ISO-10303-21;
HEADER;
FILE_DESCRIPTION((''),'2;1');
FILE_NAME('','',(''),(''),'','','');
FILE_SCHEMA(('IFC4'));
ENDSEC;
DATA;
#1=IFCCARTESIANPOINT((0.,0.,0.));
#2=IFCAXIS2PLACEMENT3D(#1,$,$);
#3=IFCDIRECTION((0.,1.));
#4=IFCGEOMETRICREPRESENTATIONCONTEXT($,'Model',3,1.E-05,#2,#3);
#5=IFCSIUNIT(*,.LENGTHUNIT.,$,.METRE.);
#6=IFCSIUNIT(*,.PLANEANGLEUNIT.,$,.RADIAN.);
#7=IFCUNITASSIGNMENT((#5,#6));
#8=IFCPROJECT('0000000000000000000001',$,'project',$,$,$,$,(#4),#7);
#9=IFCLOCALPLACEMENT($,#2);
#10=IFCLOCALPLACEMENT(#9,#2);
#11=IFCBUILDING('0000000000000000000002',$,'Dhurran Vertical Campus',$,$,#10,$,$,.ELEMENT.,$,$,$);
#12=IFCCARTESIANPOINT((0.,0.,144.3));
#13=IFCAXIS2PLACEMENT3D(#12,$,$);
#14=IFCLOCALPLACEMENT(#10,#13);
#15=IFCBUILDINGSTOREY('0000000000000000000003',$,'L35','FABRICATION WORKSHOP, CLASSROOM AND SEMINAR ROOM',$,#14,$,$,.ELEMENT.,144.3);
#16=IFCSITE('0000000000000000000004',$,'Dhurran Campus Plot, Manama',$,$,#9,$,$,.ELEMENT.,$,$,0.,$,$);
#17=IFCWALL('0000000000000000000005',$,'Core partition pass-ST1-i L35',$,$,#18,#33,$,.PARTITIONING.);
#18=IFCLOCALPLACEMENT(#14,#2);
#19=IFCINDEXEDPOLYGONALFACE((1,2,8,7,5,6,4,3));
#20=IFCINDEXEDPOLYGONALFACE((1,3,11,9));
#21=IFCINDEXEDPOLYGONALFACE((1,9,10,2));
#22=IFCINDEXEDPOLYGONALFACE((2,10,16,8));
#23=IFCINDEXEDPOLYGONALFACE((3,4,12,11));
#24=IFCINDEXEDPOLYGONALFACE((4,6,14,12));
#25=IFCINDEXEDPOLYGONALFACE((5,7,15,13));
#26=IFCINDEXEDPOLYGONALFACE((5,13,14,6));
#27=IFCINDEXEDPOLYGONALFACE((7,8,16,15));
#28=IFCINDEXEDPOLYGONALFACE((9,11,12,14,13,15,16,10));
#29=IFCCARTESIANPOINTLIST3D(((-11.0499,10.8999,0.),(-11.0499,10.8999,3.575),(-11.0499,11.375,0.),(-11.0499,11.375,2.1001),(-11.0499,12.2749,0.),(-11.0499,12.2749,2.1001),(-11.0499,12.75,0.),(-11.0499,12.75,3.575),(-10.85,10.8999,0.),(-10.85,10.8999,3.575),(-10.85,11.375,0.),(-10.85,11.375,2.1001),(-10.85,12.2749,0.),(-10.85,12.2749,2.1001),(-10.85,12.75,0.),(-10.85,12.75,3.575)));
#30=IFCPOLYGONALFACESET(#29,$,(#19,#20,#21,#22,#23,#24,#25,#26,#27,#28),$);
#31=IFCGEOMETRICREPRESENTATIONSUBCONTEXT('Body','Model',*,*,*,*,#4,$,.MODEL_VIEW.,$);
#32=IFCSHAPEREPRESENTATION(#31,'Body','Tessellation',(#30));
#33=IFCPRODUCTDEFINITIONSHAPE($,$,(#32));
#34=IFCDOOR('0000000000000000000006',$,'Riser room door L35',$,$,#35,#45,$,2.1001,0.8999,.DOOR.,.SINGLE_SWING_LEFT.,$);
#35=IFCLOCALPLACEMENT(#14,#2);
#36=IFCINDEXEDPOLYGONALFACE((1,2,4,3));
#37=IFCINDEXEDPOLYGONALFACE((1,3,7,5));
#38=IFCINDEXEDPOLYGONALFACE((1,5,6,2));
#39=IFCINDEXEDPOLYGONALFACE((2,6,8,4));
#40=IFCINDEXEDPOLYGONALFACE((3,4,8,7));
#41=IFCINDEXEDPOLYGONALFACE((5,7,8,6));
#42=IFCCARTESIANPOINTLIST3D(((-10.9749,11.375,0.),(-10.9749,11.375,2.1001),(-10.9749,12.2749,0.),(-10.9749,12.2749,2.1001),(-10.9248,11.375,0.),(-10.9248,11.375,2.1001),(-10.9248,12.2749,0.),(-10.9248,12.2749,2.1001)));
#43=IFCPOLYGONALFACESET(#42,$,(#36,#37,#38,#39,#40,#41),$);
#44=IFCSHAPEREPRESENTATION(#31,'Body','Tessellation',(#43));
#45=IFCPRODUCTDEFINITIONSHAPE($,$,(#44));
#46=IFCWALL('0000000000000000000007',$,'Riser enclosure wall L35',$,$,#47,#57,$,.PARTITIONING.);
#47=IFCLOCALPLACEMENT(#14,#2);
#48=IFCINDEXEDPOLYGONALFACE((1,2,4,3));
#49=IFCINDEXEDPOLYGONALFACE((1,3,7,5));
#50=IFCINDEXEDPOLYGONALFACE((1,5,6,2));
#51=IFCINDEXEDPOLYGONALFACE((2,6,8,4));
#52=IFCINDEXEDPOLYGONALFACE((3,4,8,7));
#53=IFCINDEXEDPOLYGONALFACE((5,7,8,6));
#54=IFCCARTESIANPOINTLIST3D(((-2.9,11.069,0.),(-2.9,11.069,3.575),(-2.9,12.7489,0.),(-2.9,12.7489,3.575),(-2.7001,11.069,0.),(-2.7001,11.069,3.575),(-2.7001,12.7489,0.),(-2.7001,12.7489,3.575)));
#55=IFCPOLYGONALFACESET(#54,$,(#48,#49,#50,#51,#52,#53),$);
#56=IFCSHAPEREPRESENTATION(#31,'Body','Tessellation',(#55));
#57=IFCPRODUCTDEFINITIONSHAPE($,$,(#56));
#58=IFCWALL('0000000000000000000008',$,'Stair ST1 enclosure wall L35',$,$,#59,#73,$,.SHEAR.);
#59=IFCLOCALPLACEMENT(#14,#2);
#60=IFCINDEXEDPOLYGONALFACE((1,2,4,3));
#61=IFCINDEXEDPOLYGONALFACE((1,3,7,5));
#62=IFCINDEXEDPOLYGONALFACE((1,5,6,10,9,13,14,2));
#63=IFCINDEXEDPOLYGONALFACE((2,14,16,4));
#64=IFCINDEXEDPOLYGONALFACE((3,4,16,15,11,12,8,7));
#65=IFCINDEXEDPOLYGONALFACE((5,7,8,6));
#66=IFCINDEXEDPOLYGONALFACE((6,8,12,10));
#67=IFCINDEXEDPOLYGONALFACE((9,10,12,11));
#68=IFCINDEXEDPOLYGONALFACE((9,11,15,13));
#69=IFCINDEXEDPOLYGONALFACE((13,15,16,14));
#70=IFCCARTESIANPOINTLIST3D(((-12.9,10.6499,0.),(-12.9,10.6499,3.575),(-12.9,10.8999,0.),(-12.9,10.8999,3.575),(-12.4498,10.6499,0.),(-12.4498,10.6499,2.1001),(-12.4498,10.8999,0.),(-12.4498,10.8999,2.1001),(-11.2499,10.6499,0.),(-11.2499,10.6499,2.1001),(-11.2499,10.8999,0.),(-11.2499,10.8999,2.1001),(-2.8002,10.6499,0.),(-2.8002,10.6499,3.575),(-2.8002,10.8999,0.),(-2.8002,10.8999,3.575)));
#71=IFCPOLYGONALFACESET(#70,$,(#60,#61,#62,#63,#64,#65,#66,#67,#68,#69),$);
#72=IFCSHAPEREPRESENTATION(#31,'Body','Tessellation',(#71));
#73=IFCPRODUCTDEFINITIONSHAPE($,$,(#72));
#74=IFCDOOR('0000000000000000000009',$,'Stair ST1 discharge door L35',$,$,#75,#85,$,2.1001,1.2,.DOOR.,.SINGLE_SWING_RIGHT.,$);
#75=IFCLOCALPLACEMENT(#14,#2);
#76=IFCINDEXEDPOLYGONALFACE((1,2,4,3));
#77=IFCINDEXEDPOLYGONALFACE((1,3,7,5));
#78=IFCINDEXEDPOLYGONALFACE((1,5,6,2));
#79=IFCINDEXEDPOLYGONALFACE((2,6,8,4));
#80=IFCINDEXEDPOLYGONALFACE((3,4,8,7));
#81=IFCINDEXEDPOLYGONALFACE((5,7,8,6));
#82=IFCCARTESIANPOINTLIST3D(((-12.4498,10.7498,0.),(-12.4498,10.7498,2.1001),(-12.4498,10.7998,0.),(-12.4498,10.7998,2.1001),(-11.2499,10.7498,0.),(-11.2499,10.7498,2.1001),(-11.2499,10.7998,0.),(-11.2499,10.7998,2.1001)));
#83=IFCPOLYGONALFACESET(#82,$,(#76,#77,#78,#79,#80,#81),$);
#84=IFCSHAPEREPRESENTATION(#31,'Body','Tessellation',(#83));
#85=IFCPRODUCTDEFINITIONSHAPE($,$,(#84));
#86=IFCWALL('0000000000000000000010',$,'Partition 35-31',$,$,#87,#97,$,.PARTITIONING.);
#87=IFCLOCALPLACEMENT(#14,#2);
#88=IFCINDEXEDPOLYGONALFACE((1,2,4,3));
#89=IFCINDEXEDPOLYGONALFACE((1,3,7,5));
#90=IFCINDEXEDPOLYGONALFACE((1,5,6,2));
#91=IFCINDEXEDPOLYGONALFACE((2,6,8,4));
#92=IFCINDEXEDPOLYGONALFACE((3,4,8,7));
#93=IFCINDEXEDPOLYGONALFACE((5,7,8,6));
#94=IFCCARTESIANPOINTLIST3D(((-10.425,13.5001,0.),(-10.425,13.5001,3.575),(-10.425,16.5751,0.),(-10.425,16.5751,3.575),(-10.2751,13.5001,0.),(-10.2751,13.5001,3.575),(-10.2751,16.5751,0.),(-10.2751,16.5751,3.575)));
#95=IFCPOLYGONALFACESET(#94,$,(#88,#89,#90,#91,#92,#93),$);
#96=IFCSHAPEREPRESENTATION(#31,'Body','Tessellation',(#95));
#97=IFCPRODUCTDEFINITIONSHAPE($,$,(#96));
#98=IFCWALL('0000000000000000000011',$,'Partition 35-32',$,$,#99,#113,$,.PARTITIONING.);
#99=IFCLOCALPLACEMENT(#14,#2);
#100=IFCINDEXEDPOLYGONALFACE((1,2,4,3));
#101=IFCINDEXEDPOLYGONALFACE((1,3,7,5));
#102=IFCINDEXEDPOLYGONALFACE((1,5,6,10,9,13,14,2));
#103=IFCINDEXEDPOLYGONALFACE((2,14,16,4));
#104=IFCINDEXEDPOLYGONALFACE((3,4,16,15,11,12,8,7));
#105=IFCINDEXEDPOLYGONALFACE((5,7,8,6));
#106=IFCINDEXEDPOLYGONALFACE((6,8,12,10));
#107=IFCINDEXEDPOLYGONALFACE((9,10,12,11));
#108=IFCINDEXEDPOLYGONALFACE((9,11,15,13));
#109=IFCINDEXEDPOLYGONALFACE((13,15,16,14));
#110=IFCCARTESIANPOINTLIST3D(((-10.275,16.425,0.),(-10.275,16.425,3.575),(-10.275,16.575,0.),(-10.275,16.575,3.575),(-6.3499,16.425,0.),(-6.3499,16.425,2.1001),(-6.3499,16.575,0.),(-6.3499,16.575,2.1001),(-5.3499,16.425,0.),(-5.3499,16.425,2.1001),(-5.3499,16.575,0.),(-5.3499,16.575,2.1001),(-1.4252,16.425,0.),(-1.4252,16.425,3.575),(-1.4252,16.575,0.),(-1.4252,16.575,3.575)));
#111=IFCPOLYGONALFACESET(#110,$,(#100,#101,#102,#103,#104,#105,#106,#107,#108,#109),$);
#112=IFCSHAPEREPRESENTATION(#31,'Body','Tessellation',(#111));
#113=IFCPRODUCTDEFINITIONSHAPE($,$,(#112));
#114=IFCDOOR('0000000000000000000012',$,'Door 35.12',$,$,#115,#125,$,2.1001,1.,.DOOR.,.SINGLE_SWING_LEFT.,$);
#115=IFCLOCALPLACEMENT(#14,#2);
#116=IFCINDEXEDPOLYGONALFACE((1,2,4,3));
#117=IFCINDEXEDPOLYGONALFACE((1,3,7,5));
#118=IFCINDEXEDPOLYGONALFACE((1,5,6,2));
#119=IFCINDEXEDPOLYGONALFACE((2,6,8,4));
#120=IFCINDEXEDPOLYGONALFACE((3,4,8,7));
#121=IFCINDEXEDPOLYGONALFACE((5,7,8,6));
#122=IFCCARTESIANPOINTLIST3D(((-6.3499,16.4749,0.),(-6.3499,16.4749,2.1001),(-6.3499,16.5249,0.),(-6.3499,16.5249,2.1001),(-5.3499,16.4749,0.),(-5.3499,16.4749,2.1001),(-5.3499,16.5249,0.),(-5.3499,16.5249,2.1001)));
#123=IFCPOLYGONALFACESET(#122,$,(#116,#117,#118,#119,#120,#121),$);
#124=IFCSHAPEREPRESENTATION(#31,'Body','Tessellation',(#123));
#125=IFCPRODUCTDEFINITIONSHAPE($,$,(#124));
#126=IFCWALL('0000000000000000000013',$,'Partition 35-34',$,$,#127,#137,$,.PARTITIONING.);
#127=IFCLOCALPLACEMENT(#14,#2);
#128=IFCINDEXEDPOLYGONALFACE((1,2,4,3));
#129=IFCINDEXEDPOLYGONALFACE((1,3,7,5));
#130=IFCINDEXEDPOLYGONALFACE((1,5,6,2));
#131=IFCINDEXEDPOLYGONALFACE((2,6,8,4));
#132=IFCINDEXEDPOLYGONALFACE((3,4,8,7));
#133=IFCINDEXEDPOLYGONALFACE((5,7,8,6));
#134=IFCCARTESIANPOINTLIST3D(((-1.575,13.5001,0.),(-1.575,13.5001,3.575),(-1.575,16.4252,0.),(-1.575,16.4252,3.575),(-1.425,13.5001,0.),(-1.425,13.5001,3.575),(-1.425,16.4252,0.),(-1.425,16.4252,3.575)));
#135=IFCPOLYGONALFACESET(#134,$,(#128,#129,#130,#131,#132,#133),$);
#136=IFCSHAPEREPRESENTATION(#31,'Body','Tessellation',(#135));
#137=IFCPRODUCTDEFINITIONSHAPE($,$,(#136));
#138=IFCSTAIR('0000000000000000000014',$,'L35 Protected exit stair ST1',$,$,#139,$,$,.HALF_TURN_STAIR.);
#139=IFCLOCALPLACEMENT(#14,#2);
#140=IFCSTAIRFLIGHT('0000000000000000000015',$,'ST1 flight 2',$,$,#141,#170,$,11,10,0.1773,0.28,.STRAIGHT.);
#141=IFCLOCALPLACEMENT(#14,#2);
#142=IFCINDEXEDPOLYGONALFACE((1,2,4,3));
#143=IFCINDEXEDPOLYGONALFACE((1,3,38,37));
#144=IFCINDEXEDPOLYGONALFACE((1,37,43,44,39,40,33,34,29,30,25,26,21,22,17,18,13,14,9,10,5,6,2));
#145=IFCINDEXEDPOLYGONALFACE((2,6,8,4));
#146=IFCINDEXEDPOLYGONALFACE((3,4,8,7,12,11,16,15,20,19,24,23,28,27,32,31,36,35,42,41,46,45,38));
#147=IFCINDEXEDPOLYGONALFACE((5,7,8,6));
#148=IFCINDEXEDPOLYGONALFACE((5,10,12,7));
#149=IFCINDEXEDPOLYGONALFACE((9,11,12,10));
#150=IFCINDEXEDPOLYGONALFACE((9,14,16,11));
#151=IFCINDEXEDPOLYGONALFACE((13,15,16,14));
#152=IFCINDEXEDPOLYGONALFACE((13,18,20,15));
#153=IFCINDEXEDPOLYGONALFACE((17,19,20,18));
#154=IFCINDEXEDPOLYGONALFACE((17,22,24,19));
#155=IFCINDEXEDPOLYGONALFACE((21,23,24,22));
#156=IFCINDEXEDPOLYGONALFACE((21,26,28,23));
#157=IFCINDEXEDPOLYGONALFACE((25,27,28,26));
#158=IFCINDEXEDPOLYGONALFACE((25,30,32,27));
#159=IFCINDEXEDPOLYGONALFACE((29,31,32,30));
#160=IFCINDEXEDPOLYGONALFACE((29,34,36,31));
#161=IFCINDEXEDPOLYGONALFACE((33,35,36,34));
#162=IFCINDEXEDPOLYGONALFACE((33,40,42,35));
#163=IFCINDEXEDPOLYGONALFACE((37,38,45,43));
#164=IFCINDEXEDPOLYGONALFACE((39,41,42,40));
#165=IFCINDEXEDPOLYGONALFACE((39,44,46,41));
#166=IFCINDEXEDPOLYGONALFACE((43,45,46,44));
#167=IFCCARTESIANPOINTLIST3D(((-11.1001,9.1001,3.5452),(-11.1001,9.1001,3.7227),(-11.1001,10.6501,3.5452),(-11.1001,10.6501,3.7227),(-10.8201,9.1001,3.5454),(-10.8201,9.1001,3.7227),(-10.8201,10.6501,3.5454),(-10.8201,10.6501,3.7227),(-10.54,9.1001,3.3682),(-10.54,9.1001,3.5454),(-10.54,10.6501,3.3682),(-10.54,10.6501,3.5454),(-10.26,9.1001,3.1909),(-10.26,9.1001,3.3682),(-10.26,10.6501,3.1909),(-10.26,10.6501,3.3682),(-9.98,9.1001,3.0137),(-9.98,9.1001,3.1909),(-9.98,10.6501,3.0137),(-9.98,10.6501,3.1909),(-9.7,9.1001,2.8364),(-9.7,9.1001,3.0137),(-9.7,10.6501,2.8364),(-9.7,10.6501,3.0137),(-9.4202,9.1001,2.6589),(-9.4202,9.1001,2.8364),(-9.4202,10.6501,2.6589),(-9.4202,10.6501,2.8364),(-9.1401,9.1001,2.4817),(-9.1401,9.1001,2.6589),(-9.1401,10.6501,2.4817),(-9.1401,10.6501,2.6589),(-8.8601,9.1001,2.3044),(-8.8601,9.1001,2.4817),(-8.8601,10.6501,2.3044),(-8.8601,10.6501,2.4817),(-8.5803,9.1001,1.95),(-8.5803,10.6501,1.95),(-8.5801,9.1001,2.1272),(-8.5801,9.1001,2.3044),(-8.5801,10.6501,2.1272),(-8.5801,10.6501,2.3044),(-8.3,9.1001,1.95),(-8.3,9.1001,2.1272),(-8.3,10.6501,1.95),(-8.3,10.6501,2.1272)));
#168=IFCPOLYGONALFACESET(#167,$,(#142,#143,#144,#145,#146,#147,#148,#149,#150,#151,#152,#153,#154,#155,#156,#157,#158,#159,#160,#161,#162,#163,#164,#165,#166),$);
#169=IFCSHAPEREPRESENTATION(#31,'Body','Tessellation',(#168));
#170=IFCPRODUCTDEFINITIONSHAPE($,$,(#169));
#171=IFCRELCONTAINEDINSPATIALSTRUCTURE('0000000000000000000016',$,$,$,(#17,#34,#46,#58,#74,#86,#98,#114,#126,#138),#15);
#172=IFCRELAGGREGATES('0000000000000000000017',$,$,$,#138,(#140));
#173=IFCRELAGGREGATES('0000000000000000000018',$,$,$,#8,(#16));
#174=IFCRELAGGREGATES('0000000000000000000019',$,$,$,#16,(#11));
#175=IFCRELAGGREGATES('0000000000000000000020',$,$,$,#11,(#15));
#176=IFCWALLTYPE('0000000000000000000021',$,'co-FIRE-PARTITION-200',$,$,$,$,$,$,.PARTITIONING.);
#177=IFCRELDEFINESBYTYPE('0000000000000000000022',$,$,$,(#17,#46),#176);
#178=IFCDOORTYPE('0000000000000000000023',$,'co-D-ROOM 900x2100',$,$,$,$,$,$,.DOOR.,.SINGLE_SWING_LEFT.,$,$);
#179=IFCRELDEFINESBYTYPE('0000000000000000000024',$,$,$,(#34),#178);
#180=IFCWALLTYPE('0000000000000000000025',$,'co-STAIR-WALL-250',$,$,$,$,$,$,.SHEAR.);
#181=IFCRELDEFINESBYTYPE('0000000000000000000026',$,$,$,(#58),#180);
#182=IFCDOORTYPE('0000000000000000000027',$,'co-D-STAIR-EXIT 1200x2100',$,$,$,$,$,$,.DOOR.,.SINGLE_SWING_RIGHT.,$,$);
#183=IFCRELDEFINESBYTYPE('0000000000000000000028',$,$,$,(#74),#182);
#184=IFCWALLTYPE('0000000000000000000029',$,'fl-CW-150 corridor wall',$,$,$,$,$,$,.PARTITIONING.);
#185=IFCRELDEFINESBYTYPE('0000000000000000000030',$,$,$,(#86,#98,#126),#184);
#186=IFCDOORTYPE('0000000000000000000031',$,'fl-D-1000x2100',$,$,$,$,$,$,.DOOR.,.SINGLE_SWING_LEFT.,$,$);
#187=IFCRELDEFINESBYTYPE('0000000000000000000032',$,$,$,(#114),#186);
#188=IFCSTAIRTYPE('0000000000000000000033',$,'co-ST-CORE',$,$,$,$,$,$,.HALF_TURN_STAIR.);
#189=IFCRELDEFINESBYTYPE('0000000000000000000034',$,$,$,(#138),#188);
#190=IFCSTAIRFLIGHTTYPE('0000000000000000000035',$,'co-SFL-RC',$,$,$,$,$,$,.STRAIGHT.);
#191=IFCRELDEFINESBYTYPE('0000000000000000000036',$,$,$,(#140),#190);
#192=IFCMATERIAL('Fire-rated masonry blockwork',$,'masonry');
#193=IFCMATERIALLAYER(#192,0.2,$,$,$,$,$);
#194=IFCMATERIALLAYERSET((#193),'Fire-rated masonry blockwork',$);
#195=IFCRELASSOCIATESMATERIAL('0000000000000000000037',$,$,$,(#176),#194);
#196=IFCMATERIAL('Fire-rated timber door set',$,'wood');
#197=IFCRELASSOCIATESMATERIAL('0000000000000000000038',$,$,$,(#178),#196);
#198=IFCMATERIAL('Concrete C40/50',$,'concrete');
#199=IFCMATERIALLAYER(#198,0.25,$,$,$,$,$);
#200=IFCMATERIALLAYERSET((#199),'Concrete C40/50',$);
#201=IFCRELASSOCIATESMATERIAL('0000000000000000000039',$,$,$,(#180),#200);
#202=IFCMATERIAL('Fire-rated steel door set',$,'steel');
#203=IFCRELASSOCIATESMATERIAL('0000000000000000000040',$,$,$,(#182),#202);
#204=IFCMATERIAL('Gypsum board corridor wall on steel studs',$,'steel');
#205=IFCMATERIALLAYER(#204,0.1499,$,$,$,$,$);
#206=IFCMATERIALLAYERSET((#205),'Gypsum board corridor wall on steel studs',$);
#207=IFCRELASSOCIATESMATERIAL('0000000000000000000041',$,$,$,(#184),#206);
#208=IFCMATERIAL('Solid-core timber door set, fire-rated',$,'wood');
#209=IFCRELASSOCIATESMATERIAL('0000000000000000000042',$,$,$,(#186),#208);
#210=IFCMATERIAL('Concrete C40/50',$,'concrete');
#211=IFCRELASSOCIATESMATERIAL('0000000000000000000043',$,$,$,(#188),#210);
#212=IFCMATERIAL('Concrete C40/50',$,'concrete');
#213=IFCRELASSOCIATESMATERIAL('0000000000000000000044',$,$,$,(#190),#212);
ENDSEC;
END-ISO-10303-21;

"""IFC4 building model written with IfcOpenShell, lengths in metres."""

from ifc_helpers import new_model, si_unit, direction, frame, frame_2d, origin, place, context, subcontext, project, spatial, polyline, rectangle, outline, extrude, material, layer, layer_set, type_object, element, fill, aggregate, save


model = new_model("IFC4")

# Units and contexts
model_context = context("Model", 3, precision=1e-05, world=origin(), true_north=direction((0.0, 1.0)))
body_context = subcontext(model_context, "Body", "Model", "MODEL_VIEW")
ifc_project = project(units=[si_unit("LENGTHUNIT", "METRE"), si_unit("PLANEANGLEUNIT", "RADIAN")], contexts=[model_context])

# Site, building, storey
site_placement = place(None, origin())
site = spatial("IfcSite", under=ifc_project, at=site_placement, Name="Dhurran Campus Plot, Manama", CompositionType="ELEMENT", RefElevation=0.0)
building_placement = place(site_placement, origin())
building = spatial("IfcBuilding", under=site, at=building_placement, Name="Dhurran Vertical Campus", CompositionType="ELEMENT")
storey_placement = place(building_placement, frame((0.0, 0.0, 144.3)))
storey = spatial("IfcBuildingStorey", under=building, at=storey_placement, Name="L35", Description="FABRICATION WORKSHOP, CLASSROOM AND SEMINAR ROOM", CompositionType="ELEMENT", Elevation=144.3)

# Shared definitions
ifc_material_1 = material(Name="Fire-rated masonry blockwork", Category="masonry")
ifc_layer_1 = layer(ifc_material_1, 0.2)
ifc_layer_set_1 = layer_set([ifc_layer_1], Name="Fire-rated masonry blockwork")
wall_type_1 = type_object("IfcWallType", Name="co-FIRE-PARTITION-200", PredefinedType="PARTITIONING", material=ifc_layer_set_1)

# Wall, opening, door
wall_1_placement = place(storey_placement, frame((-10.95, 10.8999, 0.0), z_axis=(0.0, 0.0, 1.0), x_axis=(0.0, 1.0, 0.0)))
wall_1 = element("IfcWall", 1, at=wall_1_placement, inside=storey, type_object=wall_type_1, Name="Core partition pass-ST1-i L35", PredefinedType="PARTITIONING", context=body_context, shape_type="SweptSolid", body=[
    extrude(rectangle(XDim=1.8501, YDim=0.2, at=frame_2d((0.925, 0.0))), origin(), (0.0, 0.0, 1.0), 3.575),
])
opening_1_placement = place(wall_1_placement, frame((0.4751, 0.0, 0.0)))
opening_1 = element("IfcOpeningElement", 2, at=opening_1_placement, cuts=wall_1, PredefinedType="OPENING", context=body_context, shape_type="SweptSolid", body=[
    extrude(rectangle(XDim=0.8999, YDim=2.1001, at=frame_2d((0.45, 1.05))), frame((0.0, 0.1099, 0.0), z_axis=(0.0, -1.0, 0.0), x_axis=(1.0, 0.0, 0.0)), (0.0, 0.0, 1.0), 0.22),
])
ifc_material_2 = material(Name="Fire-rated timber door set", Category="wood")
door_type_1 = type_object("IfcDoorType", Name="co-D-ROOM 900x2100", OperationType="SINGLE_SWING_LEFT", PredefinedType="DOOR", material=ifc_material_2)
door_1_placement = place(opening_1_placement, origin())
door_1 = element("IfcDoor", 3, at=door_1_placement, inside=storey, type_object=door_type_1, Name="Riser room door L35", OperationType="SINGLE_SWING_LEFT", OverallHeight=2.1001, OverallWidth=0.8999, PredefinedType="DOOR", context=body_context, shape_type="SweptSolid", body=[
    extrude(rectangle(XDim=0.8999, YDim=2.1001, at=frame_2d((0.45, 1.05))), frame((0.0, 0.0249, 0.0), z_axis=(0.0, -1.0, 0.0), x_axis=(1.0, 0.0, 0.0)), (0.0, 0.0, 1.0), 0.05),
])
fill(opening_1, door_1)

# Wall
wall_2_placement = place(storey_placement, frame((-2.8, 11.0691, 0.0), z_axis=(0.0, 0.0, 1.0), x_axis=(0.0, 1.0, 0.0)))
element("IfcWall", 4, at=wall_2_placement, inside=storey, type_object=wall_type_1, Name="Riser enclosure wall L35", PredefinedType="PARTITIONING", context=body_context, shape_type="SweptSolid", body=[
    extrude(rectangle(XDim=1.6799, YDim=0.2, at=frame_2d((0.8398, 0.0))), origin(), (0.0, 0.0, 1.0), 3.575),
])

# Wall, opening, door
ifc_material_3 = material(Name="Concrete C40/50", Category="concrete")
ifc_layer_2 = layer(ifc_material_3, 0.25)
ifc_layer_set_2 = layer_set([ifc_layer_2], Name="Concrete C40/50")
wall_type_2 = type_object("IfcWallType", Name="co-STAIR-WALL-250", PredefinedType="SHEAR", material=ifc_layer_set_2)
wall_3_placement = place(storey_placement, frame((-12.8999, 10.7749, 0.0), z_axis=(0.0, 0.0, 1.0), x_axis=(1.0, 0.0, 0.0)))
wall_3 = element("IfcWall", 5, at=wall_3_placement, inside=storey, type_object=wall_type_2, Name="Stair ST1 enclosure wall L35", PredefinedType="SHEAR", context=body_context, shape_type="SweptSolid", body=[
    extrude(rectangle(XDim=10.0999, YDim=0.25, at=frame_2d((5.0498, 0.0))), origin(), (0.0, 0.0, 1.0), 3.575),
])
opening_2_placement = place(wall_3_placement, frame((0.45, 0.0, 0.0)))
opening_2 = element("IfcOpeningElement", 6, at=opening_2_placement, cuts=wall_3, PredefinedType="OPENING", context=body_context, shape_type="SweptSolid", body=[
    extrude(rectangle(XDim=1.2, YDim=2.1001, at=frame_2d((0.6001, 1.05))), frame((0.0, 0.135, 0.0), z_axis=(0.0, -1.0, 0.0), x_axis=(1.0, 0.0, 0.0)), (0.0, 0.0, 1.0), 0.27),
])
ifc_material_4 = material(Name="Fire-rated steel door set", Category="steel")
door_type_2 = type_object("IfcDoorType", Name="co-D-STAIR-EXIT 1200x2100", OperationType="SINGLE_SWING_RIGHT", PredefinedType="DOOR", material=ifc_material_4)
door_2_placement = place(opening_2_placement, origin())
door_2 = element("IfcDoor", 7, at=door_2_placement, inside=storey, type_object=door_type_2, Name="Stair ST1 discharge door L35", OperationType="SINGLE_SWING_RIGHT", OverallHeight=2.1001, OverallWidth=1.2, PredefinedType="DOOR", context=body_context, shape_type="SweptSolid", body=[
    extrude(rectangle(XDim=1.2, YDim=2.1001, at=frame_2d((0.6001, 1.05))), frame((0.0, 0.0249, 0.0), z_axis=(0.0, -1.0, 0.0), x_axis=(1.0, 0.0, 0.0)), (0.0, 0.0, 1.0), 0.05),
])
fill(opening_2, door_2)

# Wall
ifc_material_5 = material(Name="Gypsum board corridor wall on steel studs", Category="steel")
ifc_layer_3 = layer(ifc_material_5, 0.1499)
ifc_layer_set_3 = layer_set([ifc_layer_3], Name="Gypsum board corridor wall on steel studs")
wall_type_3 = type_object("IfcWallType", Name="fl-CW-150 corridor wall", PredefinedType="PARTITIONING", material=ifc_layer_set_3)
wall_4_placement = place(storey_placement, frame((-10.3501, 13.5, 0.0), z_axis=(0.0, 0.0, 1.0), x_axis=(0.0, 1.0, 0.0)))
element("IfcWall", 8, at=wall_4_placement, inside=storey, type_object=wall_type_3, Name="Partition 35-31", PredefinedType="PARTITIONING", context=body_context, shape_type="SweptSolid", body=[
    extrude(rectangle(XDim=3.075, YDim=0.1499, at=frame_2d((1.5376, 0.0))), origin(), (0.0, 0.0, 1.0), 3.575),
])

# Wall, opening, door
wall_5_placement = place(storey_placement, frame((-10.2749, 16.5, 0.0), z_axis=(0.0, 0.0, 1.0), x_axis=(1.0, 0.0, 0.0)))
wall_5 = element("IfcWall", 9, at=wall_5_placement, inside=storey, type_object=wall_type_3, Name="Partition 35-32", PredefinedType="PARTITIONING", context=body_context, shape_type="SweptSolid", body=[
    extrude(rectangle(XDim=8.8499, YDim=0.1499, at=frame_2d((4.4248, 0.0))), origin(), (0.0, 0.0, 1.0), 3.575),
])
opening_3_placement = place(wall_5_placement, frame((3.925, 0.0, 0.0)))
opening_3 = element("IfcOpeningElement", 10, at=opening_3_placement, cuts=wall_5, PredefinedType="OPENING", context=body_context, shape_type="SweptSolid", body=[
    extrude(rectangle(XDim=1.0, YDim=2.1001, at=frame_2d((0.5, 1.05))), frame((0.0, 0.085, 0.0), z_axis=(0.0, -1.0, 0.0), x_axis=(1.0, 0.0, 0.0)), (0.0, 0.0, 1.0), 0.1699),
])
ifc_material_6 = material(Name="Solid-core timber door set, fire-rated", Category="wood")
door_type_3 = type_object("IfcDoorType", Name="fl-D-1000x2100", OperationType="SINGLE_SWING_LEFT", PredefinedType="DOOR", material=ifc_material_6)
door_3_placement = place(opening_3_placement, origin())
door_3 = element("IfcDoor", 11, at=door_3_placement, inside=storey, type_object=door_type_3, Name="Door 35.12", OperationType="SINGLE_SWING_LEFT", OverallHeight=2.1001, OverallWidth=1.0, PredefinedType="DOOR", context=body_context, shape_type="SweptSolid", body=[
    extrude(rectangle(XDim=1.0, YDim=2.1001, at=frame_2d((0.5, 1.05))), frame((0.0, 0.0249, 0.0), z_axis=(0.0, -1.0, 0.0), x_axis=(1.0, 0.0, 0.0)), (0.0, 0.0, 1.0), 0.05),
])
fill(opening_3, door_3)

# Wall
wall_6_placement = place(storey_placement, frame((-1.5, 16.425, 0.0), z_axis=(0.0, 0.0, 1.0), x_axis=(0.0, -1.0, 0.0)))
element("IfcWall", 12, at=wall_6_placement, inside=storey, type_object=wall_type_3, Name="Partition 35-34", PredefinedType="PARTITIONING", context=body_context, shape_type="SweptSolid", body=[
    extrude(rectangle(XDim=2.925, YDim=0.1499, at=frame_2d((1.4624, 0.0))), origin(), (0.0, 0.0, 1.0), 3.575),
])

# Stair, stair flight
ifc_material_7 = material(Name="Concrete C40/50", Category="concrete")
stair_type = type_object("IfcStairType", Name="co-ST-CORE", PredefinedType="HALF_TURN_STAIR", material=ifc_material_7)
stair_placement = place(storey_placement, origin())
stair = element("IfcStair", 13, at=stair_placement, inside=storey, type_object=stair_type, Name="L35 Protected exit stair ST1", PredefinedType="HALF_TURN_STAIR")
ifc_material_8 = material(Name="Concrete C40/50", Category="concrete")
stair_flight_type = type_object("IfcStairFlightType", Name="co-SFL-RC", PredefinedType="STRAIGHT", material=ifc_material_8)
stair_flight_placement = place(storey_placement, frame((-8.3, 9.875, 1.95), z_axis=(0.0, 0.0, 1.0), x_axis=(-1.0, 0.0, 0.0)))
stair_flight = element("IfcStairFlight", 14, at=stair_flight_placement, type_object=stair_flight_type, Name="ST1 flight 2", NumberOfRisers=11, NumberOfTreads=10, PredefinedType="STRAIGHT", RiserHeight=0.1773, TreadLength=0.28, context=body_context, shape_type="SweptSolid", body=[
    extrude(outline(polyline([(0.0, 0.0), (0.0, 0.1772), (0.28, 0.1772), (0.28, 0.3545), (0.5601, 0.3545), (0.5601, 0.5317), (0.8401, 0.5317), (0.8401, 0.709), (1.1201, 0.709), (1.1201, 0.8865), (1.3999, 0.8865), (1.3999, 1.0637), (1.6799, 1.0637), (1.6799, 1.241), (1.96, 1.241), (1.96, 1.4182), (2.24, 1.4182), (2.24, 1.5955), (2.52, 1.5955), (2.52, 1.7727), (2.8, 1.7727), (2.8, 1.95), (2.8, 1.5952), (0.2803, 0.0), (0.0, 0.0)])), frame((0.0, 0.7749, 0.0), z_axis=(0.0, -1.0, 0.0), x_axis=(1.0, 0.0, 0.0)), (0.0, 0.0, 1.0), 1.55),
])
aggregate(stair, [stair_flight])

save(model, "model.ifc")
